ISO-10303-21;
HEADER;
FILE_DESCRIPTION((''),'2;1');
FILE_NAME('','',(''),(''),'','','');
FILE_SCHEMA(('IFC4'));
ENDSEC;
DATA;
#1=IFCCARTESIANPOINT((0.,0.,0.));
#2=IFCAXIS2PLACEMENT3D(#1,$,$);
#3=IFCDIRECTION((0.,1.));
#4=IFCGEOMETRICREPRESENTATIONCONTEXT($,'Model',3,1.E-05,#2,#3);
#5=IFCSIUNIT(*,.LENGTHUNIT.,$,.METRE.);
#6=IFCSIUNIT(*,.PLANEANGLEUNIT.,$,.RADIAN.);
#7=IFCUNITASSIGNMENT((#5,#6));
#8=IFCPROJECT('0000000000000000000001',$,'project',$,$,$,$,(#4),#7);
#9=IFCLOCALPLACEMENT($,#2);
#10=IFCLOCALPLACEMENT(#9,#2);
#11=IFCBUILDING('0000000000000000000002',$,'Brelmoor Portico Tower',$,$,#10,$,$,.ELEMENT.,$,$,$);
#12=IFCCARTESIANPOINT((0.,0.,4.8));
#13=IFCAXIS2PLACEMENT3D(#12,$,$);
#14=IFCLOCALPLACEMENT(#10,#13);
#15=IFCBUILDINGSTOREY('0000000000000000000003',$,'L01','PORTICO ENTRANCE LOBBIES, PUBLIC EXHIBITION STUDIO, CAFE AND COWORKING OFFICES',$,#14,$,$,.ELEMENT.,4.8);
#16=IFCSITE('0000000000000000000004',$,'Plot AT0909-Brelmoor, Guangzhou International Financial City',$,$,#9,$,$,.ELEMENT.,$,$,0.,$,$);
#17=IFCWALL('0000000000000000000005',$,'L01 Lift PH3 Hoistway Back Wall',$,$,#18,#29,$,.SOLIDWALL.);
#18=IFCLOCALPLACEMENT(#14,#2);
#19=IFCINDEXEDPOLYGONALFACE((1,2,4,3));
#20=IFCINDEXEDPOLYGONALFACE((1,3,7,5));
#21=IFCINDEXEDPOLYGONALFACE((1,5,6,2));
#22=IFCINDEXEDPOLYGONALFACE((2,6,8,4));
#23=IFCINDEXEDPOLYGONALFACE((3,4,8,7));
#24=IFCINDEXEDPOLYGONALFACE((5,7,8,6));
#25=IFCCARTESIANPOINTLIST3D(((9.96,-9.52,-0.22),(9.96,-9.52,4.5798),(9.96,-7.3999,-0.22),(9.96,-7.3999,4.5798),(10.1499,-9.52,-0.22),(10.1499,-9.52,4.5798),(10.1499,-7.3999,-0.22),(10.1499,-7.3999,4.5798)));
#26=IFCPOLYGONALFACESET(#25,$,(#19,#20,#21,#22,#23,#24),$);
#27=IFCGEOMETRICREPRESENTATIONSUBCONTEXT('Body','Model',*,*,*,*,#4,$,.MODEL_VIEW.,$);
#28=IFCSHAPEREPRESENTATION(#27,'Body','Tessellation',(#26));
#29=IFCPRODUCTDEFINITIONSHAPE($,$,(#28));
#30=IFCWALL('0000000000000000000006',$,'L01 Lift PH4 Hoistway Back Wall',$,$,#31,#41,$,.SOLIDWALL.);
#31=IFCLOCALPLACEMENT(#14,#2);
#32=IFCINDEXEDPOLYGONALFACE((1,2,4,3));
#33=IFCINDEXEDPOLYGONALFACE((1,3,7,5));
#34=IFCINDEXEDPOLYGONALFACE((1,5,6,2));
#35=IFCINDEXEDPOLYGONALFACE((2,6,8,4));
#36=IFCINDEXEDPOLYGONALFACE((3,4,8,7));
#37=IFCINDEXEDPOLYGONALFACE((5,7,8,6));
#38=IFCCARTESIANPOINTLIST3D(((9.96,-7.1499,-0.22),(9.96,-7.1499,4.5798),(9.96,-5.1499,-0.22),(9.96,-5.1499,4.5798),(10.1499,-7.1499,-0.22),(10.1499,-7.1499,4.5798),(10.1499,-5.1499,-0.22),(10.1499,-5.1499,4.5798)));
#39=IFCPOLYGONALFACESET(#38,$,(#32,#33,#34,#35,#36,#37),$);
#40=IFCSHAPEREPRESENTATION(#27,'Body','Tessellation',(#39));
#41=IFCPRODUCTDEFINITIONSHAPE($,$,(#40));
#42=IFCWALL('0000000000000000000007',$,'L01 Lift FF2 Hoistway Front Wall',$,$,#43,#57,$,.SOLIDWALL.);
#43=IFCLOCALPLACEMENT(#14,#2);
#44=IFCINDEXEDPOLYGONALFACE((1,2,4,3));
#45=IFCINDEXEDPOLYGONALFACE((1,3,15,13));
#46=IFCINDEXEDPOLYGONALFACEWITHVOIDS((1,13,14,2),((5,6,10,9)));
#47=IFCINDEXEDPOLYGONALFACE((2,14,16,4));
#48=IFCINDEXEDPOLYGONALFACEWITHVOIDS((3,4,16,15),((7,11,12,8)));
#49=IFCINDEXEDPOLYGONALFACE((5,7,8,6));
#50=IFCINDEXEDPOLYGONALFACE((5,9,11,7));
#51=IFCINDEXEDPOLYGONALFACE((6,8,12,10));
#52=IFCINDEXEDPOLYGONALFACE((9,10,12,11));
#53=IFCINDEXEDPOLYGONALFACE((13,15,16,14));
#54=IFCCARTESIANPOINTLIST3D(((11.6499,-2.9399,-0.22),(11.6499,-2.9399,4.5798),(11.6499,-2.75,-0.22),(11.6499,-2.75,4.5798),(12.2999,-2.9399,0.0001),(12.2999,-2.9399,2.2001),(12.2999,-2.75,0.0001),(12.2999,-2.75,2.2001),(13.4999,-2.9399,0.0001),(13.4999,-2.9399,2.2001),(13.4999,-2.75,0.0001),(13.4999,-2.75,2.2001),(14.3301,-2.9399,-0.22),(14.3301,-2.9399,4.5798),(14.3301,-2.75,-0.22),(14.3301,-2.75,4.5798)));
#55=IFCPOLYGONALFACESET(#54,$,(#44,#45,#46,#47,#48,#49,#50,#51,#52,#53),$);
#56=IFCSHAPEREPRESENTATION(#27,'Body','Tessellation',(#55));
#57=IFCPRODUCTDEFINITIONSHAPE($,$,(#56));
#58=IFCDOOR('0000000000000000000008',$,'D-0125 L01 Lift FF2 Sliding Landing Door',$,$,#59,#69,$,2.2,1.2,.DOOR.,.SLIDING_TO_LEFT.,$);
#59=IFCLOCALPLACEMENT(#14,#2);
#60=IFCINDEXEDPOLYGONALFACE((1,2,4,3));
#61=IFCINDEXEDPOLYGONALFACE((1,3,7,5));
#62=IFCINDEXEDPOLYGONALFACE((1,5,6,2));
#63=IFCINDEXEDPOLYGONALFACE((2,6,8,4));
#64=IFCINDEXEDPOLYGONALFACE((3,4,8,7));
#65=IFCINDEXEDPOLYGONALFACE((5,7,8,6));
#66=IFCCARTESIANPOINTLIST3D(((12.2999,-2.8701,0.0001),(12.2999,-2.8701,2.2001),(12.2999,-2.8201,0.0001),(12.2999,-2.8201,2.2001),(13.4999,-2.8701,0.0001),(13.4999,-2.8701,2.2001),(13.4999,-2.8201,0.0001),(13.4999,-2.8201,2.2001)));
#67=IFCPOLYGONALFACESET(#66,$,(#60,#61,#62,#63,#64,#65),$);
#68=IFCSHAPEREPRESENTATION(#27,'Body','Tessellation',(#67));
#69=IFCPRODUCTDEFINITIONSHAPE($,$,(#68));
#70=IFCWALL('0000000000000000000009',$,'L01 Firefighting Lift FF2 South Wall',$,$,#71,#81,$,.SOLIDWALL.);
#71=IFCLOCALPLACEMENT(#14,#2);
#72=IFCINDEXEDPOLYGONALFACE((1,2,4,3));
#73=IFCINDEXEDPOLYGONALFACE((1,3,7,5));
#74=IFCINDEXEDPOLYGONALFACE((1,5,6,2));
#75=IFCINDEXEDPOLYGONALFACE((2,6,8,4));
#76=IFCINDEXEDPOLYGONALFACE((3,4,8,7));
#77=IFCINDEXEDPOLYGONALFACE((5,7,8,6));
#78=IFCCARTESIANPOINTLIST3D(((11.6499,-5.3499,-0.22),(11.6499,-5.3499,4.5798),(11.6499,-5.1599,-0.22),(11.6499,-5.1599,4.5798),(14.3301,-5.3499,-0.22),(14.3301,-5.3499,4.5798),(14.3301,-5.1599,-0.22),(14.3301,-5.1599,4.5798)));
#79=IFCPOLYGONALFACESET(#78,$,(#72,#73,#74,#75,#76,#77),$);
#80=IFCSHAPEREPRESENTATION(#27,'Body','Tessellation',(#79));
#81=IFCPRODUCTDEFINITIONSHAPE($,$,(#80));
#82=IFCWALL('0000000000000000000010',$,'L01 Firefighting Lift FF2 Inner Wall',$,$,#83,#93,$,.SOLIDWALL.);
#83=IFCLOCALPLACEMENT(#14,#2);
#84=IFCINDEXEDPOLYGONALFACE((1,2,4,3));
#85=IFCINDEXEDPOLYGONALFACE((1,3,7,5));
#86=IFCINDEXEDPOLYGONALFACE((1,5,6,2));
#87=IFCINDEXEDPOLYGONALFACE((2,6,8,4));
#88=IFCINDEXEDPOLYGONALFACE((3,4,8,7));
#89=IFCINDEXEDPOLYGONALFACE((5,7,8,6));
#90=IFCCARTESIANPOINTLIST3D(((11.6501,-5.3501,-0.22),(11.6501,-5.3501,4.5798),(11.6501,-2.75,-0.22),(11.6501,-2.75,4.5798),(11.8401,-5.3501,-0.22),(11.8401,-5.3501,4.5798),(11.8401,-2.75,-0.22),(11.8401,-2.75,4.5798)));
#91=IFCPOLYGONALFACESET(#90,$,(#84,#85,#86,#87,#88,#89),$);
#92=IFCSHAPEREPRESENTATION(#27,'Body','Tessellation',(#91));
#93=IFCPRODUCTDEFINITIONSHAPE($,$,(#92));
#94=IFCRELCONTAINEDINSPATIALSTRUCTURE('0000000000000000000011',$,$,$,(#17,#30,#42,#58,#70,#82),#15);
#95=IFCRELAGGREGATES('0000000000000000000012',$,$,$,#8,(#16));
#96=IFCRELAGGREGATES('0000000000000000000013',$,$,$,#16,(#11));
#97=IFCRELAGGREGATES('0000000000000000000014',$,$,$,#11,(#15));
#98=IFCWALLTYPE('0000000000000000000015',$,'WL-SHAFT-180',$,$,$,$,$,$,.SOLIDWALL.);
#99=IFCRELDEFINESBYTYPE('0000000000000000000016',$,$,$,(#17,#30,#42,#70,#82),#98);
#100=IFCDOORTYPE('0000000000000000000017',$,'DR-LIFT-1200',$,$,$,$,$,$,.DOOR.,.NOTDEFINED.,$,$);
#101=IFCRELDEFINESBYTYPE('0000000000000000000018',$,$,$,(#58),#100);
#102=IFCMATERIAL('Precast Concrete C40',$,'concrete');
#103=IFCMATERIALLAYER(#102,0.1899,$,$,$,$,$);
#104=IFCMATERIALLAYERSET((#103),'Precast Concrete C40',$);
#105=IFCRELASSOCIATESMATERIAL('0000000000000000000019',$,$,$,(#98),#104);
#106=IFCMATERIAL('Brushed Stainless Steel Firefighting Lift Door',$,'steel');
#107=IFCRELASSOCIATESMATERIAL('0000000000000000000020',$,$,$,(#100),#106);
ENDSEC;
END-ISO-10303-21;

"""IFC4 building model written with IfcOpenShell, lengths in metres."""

from ifc_helpers import new_model, si_unit, direction, frame, frame_2d, origin, place, context, subcontext, project, spatial, rectangle, extrude, material, layer, layer_set, type_object, element, fill, save


model = new_model("IFC4")

# Units and contexts
model_context = context("Model", 3, precision=1e-05, world=origin(), true_north=direction((0.0, 1.0)))
body_context = subcontext(model_context, "Body", "Model", "MODEL_VIEW")
ifc_project = project(units=[si_unit("LENGTHUNIT", "METRE"), si_unit("PLANEANGLEUNIT", "RADIAN")], contexts=[model_context])

# Site, building, storey
site_placement = place(None, origin())
site = spatial("IfcSite", under=ifc_project, at=site_placement, Name="Plot AT0909-Brelmoor, Guangzhou International Financial City", CompositionType="ELEMENT", RefElevation=0.0)
building_placement = place(site_placement, origin())
building = spatial("IfcBuilding", under=site, at=building_placement, Name="Brelmoor Portico Tower", CompositionType="ELEMENT")
storey_placement = place(building_placement, frame((0.0, 0.0, 4.8)))
storey = spatial("IfcBuildingStorey", under=building, at=storey_placement, Name="L01", Description="PORTICO ENTRANCE LOBBIES, PUBLIC EXHIBITION STUDIO, CAFE AND COWORKING OFFICES", CompositionType="ELEMENT", Elevation=4.8)

# Walls
ifc_material_1 = material(Name="Precast Concrete C40", Category="concrete")
ifc_layer_1 = layer(ifc_material_1, 0.1899)
ifc_layer_set_1 = layer_set([ifc_layer_1], Name="Precast Concrete C40")
wall_type_1 = type_object("IfcWallType", Name="WL-SHAFT-180", PredefinedType="SOLIDWALL", material=ifc_layer_set_1)
wall_1_placement = place(storey_placement, frame((10.0549, -9.52, -0.22), z_axis=(0.0, 0.0, 1.0), x_axis=(0.0, 1.0, 0.0)))
element("IfcWall", 1, at=wall_1_placement, inside=storey, type_object=wall_type_1, Name="L01 Lift PH3 Hoistway Back Wall", PredefinedType="SOLIDWALL", context=body_context, shape_type="SweptSolid", body=[
    extrude(rectangle(XDim=2.1201, YDim=0.1899, at=frame_2d((1.0601, 0.0))), origin(), (0.0, 0.0, 1.0), 4.7998),
])
wall_2_placement = place(storey_placement, frame((10.0549, -7.1499, -0.22), z_axis=(0.0, 0.0, 1.0), x_axis=(0.0, 1.0, 0.0)))
element("IfcWall", 2, at=wall_2_placement, inside=storey, type_object=wall_type_1, Name="L01 Lift PH4 Hoistway Back Wall", PredefinedType="SOLIDWALL", context=body_context, shape_type="SweptSolid", body=[
    extrude(rectangle(XDim=2.0, YDim=0.1899, at=frame_2d((1.0, 0.0))), origin(), (0.0, 0.0, 1.0), 4.7998),
])

# Wall, opening, door
wall_3_placement = place(storey_placement, frame((11.6499, -2.845, -0.22), z_axis=(0.0, 0.0, 1.0), x_axis=(1.0, 0.0, 0.0)))
wall_3 = element("IfcWall", 3, at=wall_3_placement, inside=storey, type_object=wall_type_1, Name="L01 Lift FF2 Hoistway Front Wall", PredefinedType="SOLIDWALL", context=body_context, shape_type="SweptSolid", body=[
    extrude(rectangle(XDim=2.6802, YDim=0.1899, at=frame_2d((1.3401, 0.0))), origin(), (0.0, 0.0, 1.0), 4.7998),
])
opening_1_placement = place(wall_3_placement, frame((0.6499, 0.0, 0.22)))
opening_1 = element("IfcOpeningElement", 4, at=opening_1_placement, cuts=wall_3, PredefinedType="OPENING", context=body_context, shape_type="SweptSolid", body=[
    extrude(rectangle(XDim=1.2, YDim=2.2, at=frame_2d((0.6001, 1.1001))), frame((0.0, 0.105, 0.0), z_axis=(0.0, -1.0, 0.0), x_axis=(1.0, 0.0, 0.0)), (0.0, 0.0, 1.0), 0.21),
])
ifc_material_2 = material(Name="Brushed Stainless Steel Firefighting Lift Door", Category="steel")
door_type_1 = type_object("IfcDoorType", Name="DR-LIFT-1200", OperationType="NOTDEFINED", PredefinedType="DOOR", material=ifc_material_2)
door_1_placement = place(opening_1_placement, origin())
door_1 = element("IfcDoor", 5, at=door_1_placement, inside=storey, type_object=door_type_1, Name="D-0125 L01 Lift FF2 Sliding Landing Door", OperationType="SLIDING_TO_LEFT", OverallHeight=2.2, OverallWidth=1.2, PredefinedType="DOOR", context=body_context, shape_type="SweptSolid", body=[
    extrude(rectangle(XDim=1.2, YDim=2.2, at=frame_2d((0.6001, 1.1001))), frame((0.0, 0.0249, 0.0), z_axis=(0.0, -1.0, 0.0), x_axis=(1.0, 0.0, 0.0)), (0.0, 0.0, 1.0), 0.05),
])
fill(opening_1, door_1)

# Walls
wall_4_placement = place(storey_placement, frame((11.6499, -5.2549, -0.22), z_axis=(0.0, 0.0, 1.0), x_axis=(1.0, 0.0, 0.0)))
element("IfcWall", 6, at=wall_4_placement, inside=storey, type_object=wall_type_1, Name="L01 Firefighting Lift FF2 South Wall", PredefinedType="SOLIDWALL", context=body_context, shape_type="SweptSolid", body=[
    extrude(rectangle(XDim=2.6802, YDim=0.1899, at=frame_2d((1.3401, 0.0))), origin(), (0.0, 0.0, 1.0), 4.7998),
])
wall_5_placement = place(storey_placement, frame((11.7451, -5.3501, -0.22), z_axis=(0.0, 0.0, 1.0), x_axis=(0.0, 1.0, 0.0)))
element("IfcWall", 7, at=wall_5_placement, inside=storey, type_object=wall_type_1, Name="L01 Firefighting Lift FF2 Inner Wall", PredefinedType="SOLIDWALL", context=body_context, shape_type="SweptSolid", body=[
    extrude(rectangle(XDim=2.6001, YDim=0.1899, at=frame_2d((1.3, 0.0))), origin(), (0.0, 0.0, 1.0), 4.7998),
])

save(model, "model.ifc")
